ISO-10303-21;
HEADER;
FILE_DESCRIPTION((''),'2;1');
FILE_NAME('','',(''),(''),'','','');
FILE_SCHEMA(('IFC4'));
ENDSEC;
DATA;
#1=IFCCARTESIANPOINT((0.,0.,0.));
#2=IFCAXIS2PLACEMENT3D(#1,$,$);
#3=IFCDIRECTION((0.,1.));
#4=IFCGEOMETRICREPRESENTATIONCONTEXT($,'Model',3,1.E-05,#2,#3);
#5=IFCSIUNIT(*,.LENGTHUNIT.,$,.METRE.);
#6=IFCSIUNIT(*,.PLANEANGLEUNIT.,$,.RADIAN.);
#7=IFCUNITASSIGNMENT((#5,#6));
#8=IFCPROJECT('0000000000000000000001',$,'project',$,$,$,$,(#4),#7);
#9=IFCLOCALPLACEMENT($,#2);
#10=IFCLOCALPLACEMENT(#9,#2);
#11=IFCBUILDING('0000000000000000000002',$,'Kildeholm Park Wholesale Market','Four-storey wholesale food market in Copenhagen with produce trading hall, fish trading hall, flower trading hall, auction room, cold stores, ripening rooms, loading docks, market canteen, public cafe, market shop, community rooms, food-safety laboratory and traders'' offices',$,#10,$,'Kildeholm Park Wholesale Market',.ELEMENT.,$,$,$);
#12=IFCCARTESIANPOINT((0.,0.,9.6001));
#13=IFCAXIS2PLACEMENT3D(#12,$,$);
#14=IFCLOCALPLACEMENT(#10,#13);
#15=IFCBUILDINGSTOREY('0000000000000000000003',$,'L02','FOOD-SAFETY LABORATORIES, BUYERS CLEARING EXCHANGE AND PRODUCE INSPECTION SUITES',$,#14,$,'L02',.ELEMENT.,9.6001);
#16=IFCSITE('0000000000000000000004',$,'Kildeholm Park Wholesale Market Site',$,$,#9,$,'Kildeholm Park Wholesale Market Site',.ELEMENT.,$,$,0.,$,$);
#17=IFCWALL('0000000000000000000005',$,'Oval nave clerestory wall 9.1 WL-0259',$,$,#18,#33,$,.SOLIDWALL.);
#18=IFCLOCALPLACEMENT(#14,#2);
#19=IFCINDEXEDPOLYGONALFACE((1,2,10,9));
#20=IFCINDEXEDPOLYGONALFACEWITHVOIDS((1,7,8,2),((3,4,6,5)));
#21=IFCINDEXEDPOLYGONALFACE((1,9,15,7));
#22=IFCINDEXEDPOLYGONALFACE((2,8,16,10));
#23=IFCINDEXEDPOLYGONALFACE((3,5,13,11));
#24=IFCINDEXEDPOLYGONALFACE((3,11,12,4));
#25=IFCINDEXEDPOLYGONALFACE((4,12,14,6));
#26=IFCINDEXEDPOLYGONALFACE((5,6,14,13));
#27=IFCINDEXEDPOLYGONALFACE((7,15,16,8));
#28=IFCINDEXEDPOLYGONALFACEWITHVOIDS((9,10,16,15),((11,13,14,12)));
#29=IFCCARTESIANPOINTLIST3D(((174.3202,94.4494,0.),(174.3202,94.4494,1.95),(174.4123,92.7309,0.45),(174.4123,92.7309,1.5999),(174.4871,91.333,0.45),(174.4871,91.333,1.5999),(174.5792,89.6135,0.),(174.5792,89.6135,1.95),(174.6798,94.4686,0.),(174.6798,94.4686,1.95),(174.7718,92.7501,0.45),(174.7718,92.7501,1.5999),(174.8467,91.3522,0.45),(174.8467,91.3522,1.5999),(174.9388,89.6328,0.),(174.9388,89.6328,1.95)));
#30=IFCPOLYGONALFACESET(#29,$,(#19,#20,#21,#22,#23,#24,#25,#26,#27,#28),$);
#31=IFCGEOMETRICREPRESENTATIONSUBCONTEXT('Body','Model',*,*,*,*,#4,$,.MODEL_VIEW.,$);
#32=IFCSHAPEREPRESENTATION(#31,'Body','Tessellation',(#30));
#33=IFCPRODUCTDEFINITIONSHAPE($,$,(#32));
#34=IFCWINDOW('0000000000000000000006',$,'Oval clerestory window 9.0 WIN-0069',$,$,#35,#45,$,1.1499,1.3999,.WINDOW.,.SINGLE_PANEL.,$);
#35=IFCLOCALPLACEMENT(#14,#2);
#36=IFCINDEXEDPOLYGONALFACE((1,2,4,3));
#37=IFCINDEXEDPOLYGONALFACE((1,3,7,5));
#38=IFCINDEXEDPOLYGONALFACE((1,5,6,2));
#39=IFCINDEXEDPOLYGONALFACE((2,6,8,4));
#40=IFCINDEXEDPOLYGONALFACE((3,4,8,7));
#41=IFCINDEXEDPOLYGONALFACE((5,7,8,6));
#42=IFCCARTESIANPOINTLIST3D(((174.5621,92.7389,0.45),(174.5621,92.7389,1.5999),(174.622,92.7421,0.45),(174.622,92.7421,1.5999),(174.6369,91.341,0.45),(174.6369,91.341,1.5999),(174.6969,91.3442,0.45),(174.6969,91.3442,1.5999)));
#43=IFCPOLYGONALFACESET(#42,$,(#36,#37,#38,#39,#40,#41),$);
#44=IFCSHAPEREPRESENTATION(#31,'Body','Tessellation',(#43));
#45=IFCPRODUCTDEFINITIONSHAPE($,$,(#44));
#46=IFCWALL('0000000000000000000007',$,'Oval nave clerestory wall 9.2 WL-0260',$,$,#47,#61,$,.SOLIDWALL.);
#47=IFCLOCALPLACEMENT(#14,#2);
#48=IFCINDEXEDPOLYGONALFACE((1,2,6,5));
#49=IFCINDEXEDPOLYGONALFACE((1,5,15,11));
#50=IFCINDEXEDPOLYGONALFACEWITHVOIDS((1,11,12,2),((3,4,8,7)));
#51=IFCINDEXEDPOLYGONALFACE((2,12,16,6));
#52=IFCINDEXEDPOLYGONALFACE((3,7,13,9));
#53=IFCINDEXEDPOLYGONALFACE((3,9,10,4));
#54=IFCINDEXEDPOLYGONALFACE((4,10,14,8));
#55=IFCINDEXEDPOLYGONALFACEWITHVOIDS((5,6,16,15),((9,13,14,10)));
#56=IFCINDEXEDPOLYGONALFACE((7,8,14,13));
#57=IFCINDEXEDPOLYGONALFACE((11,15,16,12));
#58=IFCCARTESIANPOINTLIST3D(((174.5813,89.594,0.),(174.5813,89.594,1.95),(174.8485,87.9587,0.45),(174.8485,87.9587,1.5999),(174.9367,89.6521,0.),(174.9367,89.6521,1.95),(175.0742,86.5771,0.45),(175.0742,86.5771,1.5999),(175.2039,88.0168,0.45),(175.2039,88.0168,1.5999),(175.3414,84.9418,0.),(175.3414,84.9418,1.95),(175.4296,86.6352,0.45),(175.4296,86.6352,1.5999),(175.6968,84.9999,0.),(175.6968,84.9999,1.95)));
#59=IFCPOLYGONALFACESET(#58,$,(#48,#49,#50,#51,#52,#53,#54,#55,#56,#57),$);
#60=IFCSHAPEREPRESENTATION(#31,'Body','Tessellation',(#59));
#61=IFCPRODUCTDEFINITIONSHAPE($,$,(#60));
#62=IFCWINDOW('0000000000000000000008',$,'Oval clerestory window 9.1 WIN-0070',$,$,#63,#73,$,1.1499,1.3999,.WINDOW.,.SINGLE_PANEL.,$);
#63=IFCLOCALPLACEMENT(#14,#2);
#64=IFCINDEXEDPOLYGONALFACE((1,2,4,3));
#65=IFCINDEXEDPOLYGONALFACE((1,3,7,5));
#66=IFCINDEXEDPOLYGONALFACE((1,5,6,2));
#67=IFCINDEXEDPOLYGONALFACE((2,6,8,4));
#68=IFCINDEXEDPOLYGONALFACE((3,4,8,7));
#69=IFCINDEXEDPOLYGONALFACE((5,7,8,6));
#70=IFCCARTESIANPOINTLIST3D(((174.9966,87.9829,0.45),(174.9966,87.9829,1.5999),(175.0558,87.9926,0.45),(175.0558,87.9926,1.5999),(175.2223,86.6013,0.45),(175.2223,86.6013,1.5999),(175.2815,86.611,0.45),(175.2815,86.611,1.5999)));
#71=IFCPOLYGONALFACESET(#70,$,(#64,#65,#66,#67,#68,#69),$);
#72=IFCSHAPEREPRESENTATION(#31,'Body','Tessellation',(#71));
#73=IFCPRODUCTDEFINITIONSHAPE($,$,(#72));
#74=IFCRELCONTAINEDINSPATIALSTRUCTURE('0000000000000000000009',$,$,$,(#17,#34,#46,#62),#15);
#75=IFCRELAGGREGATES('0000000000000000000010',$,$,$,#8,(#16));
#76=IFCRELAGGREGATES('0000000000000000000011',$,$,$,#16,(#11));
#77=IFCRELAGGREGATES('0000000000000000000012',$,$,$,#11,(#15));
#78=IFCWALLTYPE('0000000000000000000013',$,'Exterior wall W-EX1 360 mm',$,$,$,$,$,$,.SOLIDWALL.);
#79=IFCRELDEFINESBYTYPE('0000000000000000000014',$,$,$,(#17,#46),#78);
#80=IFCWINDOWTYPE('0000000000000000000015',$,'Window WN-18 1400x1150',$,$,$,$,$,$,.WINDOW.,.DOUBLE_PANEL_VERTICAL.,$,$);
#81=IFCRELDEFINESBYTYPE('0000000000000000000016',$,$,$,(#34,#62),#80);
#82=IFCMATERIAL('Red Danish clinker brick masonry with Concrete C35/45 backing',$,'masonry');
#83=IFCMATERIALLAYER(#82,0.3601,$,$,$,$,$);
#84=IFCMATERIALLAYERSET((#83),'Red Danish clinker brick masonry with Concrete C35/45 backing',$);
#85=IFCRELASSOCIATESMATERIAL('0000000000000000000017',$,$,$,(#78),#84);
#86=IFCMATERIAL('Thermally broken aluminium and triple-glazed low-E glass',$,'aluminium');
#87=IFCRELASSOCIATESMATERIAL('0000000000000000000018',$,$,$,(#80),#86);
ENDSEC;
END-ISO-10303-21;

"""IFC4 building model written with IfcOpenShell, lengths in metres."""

from ifc_helpers import new_model, si_unit, direction, frame, frame_2d, origin, place, context, subcontext, project, spatial, rectangle, extrude, material, layer, layer_set, type_object, element, fill, save


model = new_model("IFC4")

# Units and contexts
model_context = context("Model", 3, precision=1e-05, world=origin(), true_north=direction((0.0, 1.0)))
body_context = subcontext(model_context, "Body", "Model", "MODEL_VIEW")
ifc_project = project(units=[si_unit("LENGTHUNIT", "METRE"), si_unit("PLANEANGLEUNIT", "RADIAN")], contexts=[model_context])

# Site, building, storey
site_placement = place(None, origin())
site = spatial("IfcSite", under=ifc_project, at=site_placement, Name="Kildeholm Park Wholesale Market Site", LongName="Kildeholm Park Wholesale Market Site", CompositionType="ELEMENT", RefElevation=0.0)
building_placement = place(site_placement, origin())
building = spatial("IfcBuilding", under=site, at=building_placement, Name="Kildeholm Park Wholesale Market", Description="Four-storey wholesale food market in Copenhagen with produce trading hall, fish trading hall, flower trading hall, auction room, cold stores, ripening rooms, loading docks, market canteen, public cafe, market shop, community rooms, food-safety laboratory and traders' offices", LongName="Kildeholm Park Wholesale Market", CompositionType="ELEMENT")
storey_placement = place(building_placement, frame((0.0, 0.0, 9.6001)))
storey = spatial("IfcBuildingStorey", under=building, at=storey_placement, Name="L02", Description="FOOD-SAFETY LABORATORIES, BUYERS CLEARING EXCHANGE AND PRODUCE INSPECTION SUITES", LongName="L02", CompositionType="ELEMENT", Elevation=9.6001)

# Walls, openings, windows
ifc_material_1 = material(Name="Red Danish clinker brick masonry with Concrete C35/45 backing", Category="masonry")
ifc_layer_1 = layer(ifc_material_1, 0.3601)
ifc_layer_set_1 = layer_set([ifc_layer_1], Name="Red Danish clinker brick masonry with Concrete C35/45 backing")
wall_type = type_object("IfcWallType", Name="Exterior wall W-EX1 360 mm", PredefinedType="SOLIDWALL", material=ifc_layer_set_1)
ifc_material_2 = material(Name="Thermally broken aluminium and triple-glazed low-E glass", Category="aluminium")
window_type = type_object("IfcWindowType", Name="Window WN-18 1400x1150", PartitioningType="DOUBLE_PANEL_VERTICAL", PredefinedType="WINDOW", material=ifc_material_2)
wall_1_placement = place(storey_placement, frame((174.5, 94.459, 0.0), z_axis=(0.0, 0.0, 1.0), x_axis=(0.053488, -0.998569, 0.0)))
wall_1 = element("IfcWall", 1, at=wall_1_placement, inside=storey, type_object=wall_type, Name="Oval nave clerestory wall 9.1 WL-0259", PredefinedType="SOLIDWALL", context=body_context, shape_type="SweptSolid", body=[
    extrude(rectangle(XDim=4.8428, YDim=0.3601, at=frame_2d((2.4214, 0.0))), origin(), (0.0, 0.0, 1.0), 1.95),
])
opening_1_placement = place(wall_1_placement, frame((1.7209, 0.0, 0.45)))
opening_1 = element("IfcOpeningElement", 2, at=opening_1_placement, cuts=wall_1, PredefinedType="OPENING", context=body_context, shape_type="SweptSolid", body=[
    extrude(rectangle(XDim=1.3999, YDim=1.1499, at=frame_2d((0.7, 0.575))), frame((0.0, 0.1899, 0.0), z_axis=(0.0, -1.0, 0.0), x_axis=(1.0, 0.0, 0.0)), (0.0, 0.0, 1.0), 0.3801),
])
window_1_placement = place(opening_1_placement, origin())
window_1 = element("IfcWindow", 3, at=window_1_placement, inside=storey, type_object=window_type, Name="Oval clerestory window 9.0 WIN-0069", OverallHeight=1.1499, OverallWidth=1.3999, PartitioningType="SINGLE_PANEL", PredefinedType="WINDOW", context=body_context, shape_type="SweptSolid", body=[
    extrude(rectangle(XDim=1.3999, YDim=1.1499, at=frame_2d((0.7, 0.575))), frame((0.0, 0.03, 0.0), z_axis=(0.0, -1.0, 0.0), x_axis=(1.0, 0.0, 0.0)), (0.0, 0.0, 1.0), 0.0601),
])
fill(opening_1, window_1)
wall_2_placement = place(storey_placement, frame((174.759, 89.623, 0.0), z_axis=(0.0, 0.0, 1.0), x_axis=(0.161232, -0.986917, 0.0)))
wall_2 = element("IfcWall", 4, at=wall_2_placement, inside=storey, type_object=wall_type, Name="Oval nave clerestory wall 9.2 WL-0260", PredefinedType="SOLIDWALL", context=body_context, shape_type="SweptSolid", body=[
    extrude(rectangle(XDim=4.7139, YDim=0.3601, at=frame_2d((2.3569, 0.0))), origin(), (0.0, 0.0, 1.0), 1.95),
])
opening_2_placement = place(wall_2_placement, frame((1.657, 0.0, 0.45)))
opening_2 = element("IfcOpeningElement", 5, at=opening_2_placement, cuts=wall_2, PredefinedType="OPENING", context=body_context, shape_type="SweptSolid", body=[
    extrude(rectangle(XDim=1.3999, YDim=1.1499, at=frame_2d((0.7, 0.575))), frame((0.0, 0.1899, 0.0), z_axis=(0.0, -1.0, 0.0), x_axis=(1.0, 0.0, 0.0)), (0.0, 0.0, 1.0), 0.3801),
])
window_2_placement = place(opening_2_placement, origin())
window_2 = element("IfcWindow", 6, at=window_2_placement, inside=storey, type_object=window_type, Name="Oval clerestory window 9.1 WIN-0070", OverallHeight=1.1499, OverallWidth=1.3999, PartitioningType="SINGLE_PANEL", PredefinedType="WINDOW", context=body_context, shape_type="SweptSolid", body=[
    extrude(rectangle(XDim=1.3999, YDim=1.1499, at=frame_2d((0.7, 0.575))), frame((0.0, 0.03, 0.0), z_axis=(0.0, -1.0, 0.0), x_axis=(1.0, 0.0, 0.0)), (0.0, 0.0, 1.0), 0.0601),
])
fill(opening_2, window_2)

save(model, "model.ifc")
